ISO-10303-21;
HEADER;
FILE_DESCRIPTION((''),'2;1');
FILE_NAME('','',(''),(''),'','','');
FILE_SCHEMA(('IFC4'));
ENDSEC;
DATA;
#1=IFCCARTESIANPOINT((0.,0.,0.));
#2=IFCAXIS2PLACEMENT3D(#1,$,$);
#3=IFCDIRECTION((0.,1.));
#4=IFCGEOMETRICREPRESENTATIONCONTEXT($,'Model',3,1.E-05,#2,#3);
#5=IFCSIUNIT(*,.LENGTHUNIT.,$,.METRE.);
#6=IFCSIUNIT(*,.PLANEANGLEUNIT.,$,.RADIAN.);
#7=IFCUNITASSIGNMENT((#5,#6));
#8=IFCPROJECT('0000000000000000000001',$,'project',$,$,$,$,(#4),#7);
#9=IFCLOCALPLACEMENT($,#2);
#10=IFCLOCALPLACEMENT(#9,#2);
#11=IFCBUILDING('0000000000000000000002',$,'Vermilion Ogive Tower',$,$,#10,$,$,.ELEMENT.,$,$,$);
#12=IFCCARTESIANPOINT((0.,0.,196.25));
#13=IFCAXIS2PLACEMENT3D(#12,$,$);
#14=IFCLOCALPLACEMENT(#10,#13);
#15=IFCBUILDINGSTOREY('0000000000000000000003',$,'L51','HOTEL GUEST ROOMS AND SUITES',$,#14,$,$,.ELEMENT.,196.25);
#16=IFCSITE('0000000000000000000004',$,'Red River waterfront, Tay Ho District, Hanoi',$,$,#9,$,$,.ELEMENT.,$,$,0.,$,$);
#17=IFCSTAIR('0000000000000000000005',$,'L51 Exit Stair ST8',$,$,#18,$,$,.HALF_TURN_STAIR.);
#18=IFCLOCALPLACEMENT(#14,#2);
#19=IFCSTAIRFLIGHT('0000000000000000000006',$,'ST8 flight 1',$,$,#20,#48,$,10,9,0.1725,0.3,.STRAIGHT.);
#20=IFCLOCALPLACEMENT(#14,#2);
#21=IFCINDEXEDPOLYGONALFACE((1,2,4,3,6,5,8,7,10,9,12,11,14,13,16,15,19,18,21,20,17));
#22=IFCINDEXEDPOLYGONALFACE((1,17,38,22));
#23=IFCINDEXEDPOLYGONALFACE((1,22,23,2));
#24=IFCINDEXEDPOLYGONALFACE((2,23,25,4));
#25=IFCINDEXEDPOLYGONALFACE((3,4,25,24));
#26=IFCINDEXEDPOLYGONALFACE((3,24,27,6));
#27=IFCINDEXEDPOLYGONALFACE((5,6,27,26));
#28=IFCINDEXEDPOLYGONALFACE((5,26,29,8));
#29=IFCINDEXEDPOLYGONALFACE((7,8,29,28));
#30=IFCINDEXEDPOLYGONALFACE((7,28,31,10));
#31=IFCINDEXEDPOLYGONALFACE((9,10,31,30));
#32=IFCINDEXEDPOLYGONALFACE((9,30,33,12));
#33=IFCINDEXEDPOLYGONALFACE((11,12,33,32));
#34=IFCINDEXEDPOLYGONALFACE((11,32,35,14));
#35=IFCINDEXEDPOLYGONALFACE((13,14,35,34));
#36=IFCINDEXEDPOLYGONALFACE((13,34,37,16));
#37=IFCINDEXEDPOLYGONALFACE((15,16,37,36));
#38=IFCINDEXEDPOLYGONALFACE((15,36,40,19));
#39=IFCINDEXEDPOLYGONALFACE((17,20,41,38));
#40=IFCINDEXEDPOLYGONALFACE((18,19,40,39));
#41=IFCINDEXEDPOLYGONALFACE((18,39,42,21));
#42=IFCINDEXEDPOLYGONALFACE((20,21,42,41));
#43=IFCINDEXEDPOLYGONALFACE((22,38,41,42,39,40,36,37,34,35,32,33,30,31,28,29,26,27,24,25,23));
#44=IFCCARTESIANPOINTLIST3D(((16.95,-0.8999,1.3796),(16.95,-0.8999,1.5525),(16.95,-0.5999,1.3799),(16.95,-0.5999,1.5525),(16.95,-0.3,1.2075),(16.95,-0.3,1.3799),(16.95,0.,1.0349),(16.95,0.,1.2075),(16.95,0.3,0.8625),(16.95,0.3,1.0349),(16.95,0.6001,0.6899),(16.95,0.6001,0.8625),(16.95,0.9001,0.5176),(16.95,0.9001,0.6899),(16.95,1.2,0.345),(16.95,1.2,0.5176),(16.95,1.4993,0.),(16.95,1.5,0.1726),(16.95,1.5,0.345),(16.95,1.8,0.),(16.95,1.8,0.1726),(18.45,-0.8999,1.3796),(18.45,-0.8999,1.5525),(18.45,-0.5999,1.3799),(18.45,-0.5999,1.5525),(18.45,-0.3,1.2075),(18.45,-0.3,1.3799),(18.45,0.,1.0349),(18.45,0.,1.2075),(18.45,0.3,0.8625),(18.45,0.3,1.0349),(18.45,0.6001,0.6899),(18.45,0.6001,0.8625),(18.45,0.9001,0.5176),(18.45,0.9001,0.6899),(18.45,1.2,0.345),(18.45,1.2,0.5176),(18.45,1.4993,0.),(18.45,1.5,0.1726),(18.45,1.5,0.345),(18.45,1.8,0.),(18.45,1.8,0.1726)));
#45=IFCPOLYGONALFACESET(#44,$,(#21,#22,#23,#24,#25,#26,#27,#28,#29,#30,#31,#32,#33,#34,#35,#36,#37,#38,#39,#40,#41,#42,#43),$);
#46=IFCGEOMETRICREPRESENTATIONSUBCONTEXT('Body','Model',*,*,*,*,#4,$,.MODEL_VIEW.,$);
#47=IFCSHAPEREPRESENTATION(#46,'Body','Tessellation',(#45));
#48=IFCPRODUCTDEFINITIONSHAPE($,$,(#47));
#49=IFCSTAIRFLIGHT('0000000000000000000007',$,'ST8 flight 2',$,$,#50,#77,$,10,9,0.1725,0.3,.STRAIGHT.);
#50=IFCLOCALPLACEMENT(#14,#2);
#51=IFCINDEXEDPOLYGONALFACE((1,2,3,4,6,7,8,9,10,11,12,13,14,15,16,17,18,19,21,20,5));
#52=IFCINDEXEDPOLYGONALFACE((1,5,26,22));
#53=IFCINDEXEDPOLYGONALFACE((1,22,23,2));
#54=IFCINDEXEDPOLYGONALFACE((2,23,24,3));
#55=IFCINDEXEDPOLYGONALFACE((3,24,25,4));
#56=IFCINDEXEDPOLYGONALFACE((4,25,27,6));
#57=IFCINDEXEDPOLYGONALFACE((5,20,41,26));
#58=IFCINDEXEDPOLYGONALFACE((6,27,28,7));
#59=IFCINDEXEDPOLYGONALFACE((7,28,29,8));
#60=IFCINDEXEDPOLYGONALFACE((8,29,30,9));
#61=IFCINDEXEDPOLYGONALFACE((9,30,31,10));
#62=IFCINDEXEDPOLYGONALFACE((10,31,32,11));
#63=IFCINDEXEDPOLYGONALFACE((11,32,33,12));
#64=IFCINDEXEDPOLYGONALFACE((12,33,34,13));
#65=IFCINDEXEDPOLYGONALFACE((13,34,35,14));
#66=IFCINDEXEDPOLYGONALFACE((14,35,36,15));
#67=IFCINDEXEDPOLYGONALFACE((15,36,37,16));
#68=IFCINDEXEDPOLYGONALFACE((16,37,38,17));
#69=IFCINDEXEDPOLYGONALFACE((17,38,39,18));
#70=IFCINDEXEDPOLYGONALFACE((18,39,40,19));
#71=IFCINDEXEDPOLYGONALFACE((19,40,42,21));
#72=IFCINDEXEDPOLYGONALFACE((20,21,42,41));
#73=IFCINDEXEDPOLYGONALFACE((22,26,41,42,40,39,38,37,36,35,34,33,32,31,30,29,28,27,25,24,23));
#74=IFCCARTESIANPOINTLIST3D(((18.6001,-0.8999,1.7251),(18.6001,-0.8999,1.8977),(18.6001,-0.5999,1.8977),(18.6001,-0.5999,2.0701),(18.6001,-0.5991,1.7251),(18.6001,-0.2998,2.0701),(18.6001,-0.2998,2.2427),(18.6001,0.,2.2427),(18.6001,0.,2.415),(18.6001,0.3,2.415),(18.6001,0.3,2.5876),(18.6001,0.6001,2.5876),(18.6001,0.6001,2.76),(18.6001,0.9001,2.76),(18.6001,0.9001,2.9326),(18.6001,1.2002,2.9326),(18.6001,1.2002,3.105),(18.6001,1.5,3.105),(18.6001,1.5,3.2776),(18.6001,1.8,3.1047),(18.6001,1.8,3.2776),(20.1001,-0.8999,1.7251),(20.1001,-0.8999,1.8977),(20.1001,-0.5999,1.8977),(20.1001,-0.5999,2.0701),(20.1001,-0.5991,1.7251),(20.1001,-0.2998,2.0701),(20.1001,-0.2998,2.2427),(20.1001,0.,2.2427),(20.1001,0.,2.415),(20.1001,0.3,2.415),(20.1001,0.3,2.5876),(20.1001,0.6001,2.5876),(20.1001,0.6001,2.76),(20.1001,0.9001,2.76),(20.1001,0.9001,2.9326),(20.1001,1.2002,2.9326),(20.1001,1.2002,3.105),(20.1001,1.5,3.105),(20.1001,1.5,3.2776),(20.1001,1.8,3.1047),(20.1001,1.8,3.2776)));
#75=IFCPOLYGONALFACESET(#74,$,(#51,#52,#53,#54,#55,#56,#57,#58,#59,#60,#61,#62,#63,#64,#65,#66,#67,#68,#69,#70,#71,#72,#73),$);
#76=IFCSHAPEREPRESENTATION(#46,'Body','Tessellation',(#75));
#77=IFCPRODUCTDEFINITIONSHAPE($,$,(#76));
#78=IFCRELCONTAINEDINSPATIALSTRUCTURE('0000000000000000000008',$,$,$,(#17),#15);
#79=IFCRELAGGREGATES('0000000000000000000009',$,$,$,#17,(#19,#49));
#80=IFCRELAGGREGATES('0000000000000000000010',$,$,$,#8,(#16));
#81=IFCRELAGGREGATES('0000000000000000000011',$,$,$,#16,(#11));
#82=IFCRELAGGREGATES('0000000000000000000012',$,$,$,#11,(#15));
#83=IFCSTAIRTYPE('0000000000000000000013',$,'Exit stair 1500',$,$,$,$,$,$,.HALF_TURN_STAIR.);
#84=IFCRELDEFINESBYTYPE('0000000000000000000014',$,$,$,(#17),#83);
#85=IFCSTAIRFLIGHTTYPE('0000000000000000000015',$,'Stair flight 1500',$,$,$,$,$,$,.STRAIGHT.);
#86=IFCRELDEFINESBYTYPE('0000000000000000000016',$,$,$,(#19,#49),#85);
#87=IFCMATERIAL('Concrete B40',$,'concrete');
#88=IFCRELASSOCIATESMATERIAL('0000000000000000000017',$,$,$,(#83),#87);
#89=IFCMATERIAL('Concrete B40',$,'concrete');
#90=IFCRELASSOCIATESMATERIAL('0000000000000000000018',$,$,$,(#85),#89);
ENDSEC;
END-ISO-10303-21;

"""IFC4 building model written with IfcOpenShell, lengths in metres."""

from ifc_helpers import new_model, si_unit, direction, frame, origin, place, context, subcontext, project, spatial, polyline, outline, extrude, material, type_object, element, aggregate, save


model = new_model("IFC4")

# Units and contexts
model_context = context("Model", 3, precision=1e-05, world=origin(), true_north=direction((0.0, 1.0)))
body_context = subcontext(model_context, "Body", "Model", "MODEL_VIEW")
ifc_project = project(units=[si_unit("LENGTHUNIT", "METRE"), si_unit("PLANEANGLEUNIT", "RADIAN")], contexts=[model_context])

# Site, building, storey
site_placement = place(None, origin())
site = spatial("IfcSite", under=ifc_project, at=site_placement, Name="Red River waterfront, Tay Ho District, Hanoi", CompositionType="ELEMENT", RefElevation=0.0)
building_placement = place(site_placement, origin())
building = spatial("IfcBuilding", under=site, at=building_placement, Name="Vermilion Ogive Tower", CompositionType="ELEMENT")
storey_placement = place(building_placement, frame((0.0, 0.0, 196.25)))
storey = spatial("IfcBuildingStorey", under=building, at=storey_placement, Name="L51", Description="HOTEL GUEST ROOMS AND SUITES", CompositionType="ELEMENT", Elevation=196.25)

# Stair, stair flights
ifc_material_1 = material(Name="Concrete B40", Category="concrete")
stair_type = type_object("IfcStairType", Name="Exit stair 1500", PredefinedType="HALF_TURN_STAIR", material=ifc_material_1)
stair_placement = place(storey_placement, origin())
stair = element("IfcStair", 1, at=stair_placement, inside=storey, type_object=stair_type, Name="L51 Exit Stair ST8", PredefinedType="HALF_TURN_STAIR")
ifc_material_2 = material(Name="Concrete B40", Category="concrete")
stair_flight_type = type_object("IfcStairFlightType", Name="Stair flight 1500", PredefinedType="STRAIGHT", material=ifc_material_2)
stair_flight_1_placement = place(storey_placement, frame((17.7, 1.8, 0.0), z_axis=(0.0, 0.0, 1.0), x_axis=(0.0, -1.0, 0.0)))
stair_flight_1 = element("IfcStairFlight", 2, at=stair_flight_1_placement, type_object=stair_flight_type, Name="ST8 flight 1", NumberOfRisers=10, NumberOfTreads=9, PredefinedType="STRAIGHT", RiserHeight=0.1725, TreadLength=0.3, context=body_context, shape_type="SweptSolid", body=[
    extrude(outline(polyline([(0.0, 0.0), (0.0, 0.1726), (0.3, 0.1726), (0.3, 0.345), (0.6001, 0.345), (0.6001, 0.5176), (0.8999, 0.5176), (0.8999, 0.6899), (1.2, 0.6899), (1.2, 0.8625), (1.5, 0.8625), (1.5, 1.0349), (1.8, 1.0349), (1.8, 1.2075), (2.1001, 1.2075), (2.1001, 1.3799), (2.3999, 1.3799), (2.3999, 1.5525), (2.7, 1.5525), (2.7, 1.7251), (2.7, 1.3796), (0.3008, 0.0), (0.0, 0.0)])), frame((0.0, 0.75, 0.0), z_axis=(0.0, -1.0, 0.0), x_axis=(1.0, 0.0, 0.0)), (0.0, 0.0, 1.0), 1.5),
])
stair_flight_2_placement = place(storey_placement, frame((19.3501, -0.8999, 1.7251), z_axis=(0.0, 0.0, 1.0), x_axis=(0.0, 1.0, 0.0)))
stair_flight_2 = element("IfcStairFlight", 3, at=stair_flight_2_placement, type_object=stair_flight_type, Name="ST8 flight 2", NumberOfRisers=10, NumberOfTreads=9, PredefinedType="STRAIGHT", RiserHeight=0.1725, TreadLength=0.3, context=body_context, shape_type="SweptSolid", body=[
    extrude(outline(polyline([(0.0, 0.0), (0.0, 0.1726), (0.3, 0.1726), (0.3, 0.345), (0.6001, 0.345), (0.6001, 0.5176), (0.8999, 0.5176), (0.8999, 0.6899), (1.2, 0.6899), (1.2, 0.8625), (1.5, 0.8625), (1.5, 1.0349), (1.8, 1.0349), (1.8, 1.2075), (2.1001, 1.2075), (2.1001, 1.3799), (2.3999, 1.3799), (2.3999, 1.5525), (2.7, 1.5525), (2.7, 1.7251), (2.7, 1.3796), (0.3008, 0.0), (0.0, 0.0)])), frame((0.0, 0.75, 0.0), z_axis=(0.0, -1.0, 0.0), x_axis=(1.0, 0.0, 0.0)), (0.0, 0.0, 1.0), 1.5),
])
aggregate(stair, [stair_flight_1, stair_flight_2])

save(model, "model.ifc")
